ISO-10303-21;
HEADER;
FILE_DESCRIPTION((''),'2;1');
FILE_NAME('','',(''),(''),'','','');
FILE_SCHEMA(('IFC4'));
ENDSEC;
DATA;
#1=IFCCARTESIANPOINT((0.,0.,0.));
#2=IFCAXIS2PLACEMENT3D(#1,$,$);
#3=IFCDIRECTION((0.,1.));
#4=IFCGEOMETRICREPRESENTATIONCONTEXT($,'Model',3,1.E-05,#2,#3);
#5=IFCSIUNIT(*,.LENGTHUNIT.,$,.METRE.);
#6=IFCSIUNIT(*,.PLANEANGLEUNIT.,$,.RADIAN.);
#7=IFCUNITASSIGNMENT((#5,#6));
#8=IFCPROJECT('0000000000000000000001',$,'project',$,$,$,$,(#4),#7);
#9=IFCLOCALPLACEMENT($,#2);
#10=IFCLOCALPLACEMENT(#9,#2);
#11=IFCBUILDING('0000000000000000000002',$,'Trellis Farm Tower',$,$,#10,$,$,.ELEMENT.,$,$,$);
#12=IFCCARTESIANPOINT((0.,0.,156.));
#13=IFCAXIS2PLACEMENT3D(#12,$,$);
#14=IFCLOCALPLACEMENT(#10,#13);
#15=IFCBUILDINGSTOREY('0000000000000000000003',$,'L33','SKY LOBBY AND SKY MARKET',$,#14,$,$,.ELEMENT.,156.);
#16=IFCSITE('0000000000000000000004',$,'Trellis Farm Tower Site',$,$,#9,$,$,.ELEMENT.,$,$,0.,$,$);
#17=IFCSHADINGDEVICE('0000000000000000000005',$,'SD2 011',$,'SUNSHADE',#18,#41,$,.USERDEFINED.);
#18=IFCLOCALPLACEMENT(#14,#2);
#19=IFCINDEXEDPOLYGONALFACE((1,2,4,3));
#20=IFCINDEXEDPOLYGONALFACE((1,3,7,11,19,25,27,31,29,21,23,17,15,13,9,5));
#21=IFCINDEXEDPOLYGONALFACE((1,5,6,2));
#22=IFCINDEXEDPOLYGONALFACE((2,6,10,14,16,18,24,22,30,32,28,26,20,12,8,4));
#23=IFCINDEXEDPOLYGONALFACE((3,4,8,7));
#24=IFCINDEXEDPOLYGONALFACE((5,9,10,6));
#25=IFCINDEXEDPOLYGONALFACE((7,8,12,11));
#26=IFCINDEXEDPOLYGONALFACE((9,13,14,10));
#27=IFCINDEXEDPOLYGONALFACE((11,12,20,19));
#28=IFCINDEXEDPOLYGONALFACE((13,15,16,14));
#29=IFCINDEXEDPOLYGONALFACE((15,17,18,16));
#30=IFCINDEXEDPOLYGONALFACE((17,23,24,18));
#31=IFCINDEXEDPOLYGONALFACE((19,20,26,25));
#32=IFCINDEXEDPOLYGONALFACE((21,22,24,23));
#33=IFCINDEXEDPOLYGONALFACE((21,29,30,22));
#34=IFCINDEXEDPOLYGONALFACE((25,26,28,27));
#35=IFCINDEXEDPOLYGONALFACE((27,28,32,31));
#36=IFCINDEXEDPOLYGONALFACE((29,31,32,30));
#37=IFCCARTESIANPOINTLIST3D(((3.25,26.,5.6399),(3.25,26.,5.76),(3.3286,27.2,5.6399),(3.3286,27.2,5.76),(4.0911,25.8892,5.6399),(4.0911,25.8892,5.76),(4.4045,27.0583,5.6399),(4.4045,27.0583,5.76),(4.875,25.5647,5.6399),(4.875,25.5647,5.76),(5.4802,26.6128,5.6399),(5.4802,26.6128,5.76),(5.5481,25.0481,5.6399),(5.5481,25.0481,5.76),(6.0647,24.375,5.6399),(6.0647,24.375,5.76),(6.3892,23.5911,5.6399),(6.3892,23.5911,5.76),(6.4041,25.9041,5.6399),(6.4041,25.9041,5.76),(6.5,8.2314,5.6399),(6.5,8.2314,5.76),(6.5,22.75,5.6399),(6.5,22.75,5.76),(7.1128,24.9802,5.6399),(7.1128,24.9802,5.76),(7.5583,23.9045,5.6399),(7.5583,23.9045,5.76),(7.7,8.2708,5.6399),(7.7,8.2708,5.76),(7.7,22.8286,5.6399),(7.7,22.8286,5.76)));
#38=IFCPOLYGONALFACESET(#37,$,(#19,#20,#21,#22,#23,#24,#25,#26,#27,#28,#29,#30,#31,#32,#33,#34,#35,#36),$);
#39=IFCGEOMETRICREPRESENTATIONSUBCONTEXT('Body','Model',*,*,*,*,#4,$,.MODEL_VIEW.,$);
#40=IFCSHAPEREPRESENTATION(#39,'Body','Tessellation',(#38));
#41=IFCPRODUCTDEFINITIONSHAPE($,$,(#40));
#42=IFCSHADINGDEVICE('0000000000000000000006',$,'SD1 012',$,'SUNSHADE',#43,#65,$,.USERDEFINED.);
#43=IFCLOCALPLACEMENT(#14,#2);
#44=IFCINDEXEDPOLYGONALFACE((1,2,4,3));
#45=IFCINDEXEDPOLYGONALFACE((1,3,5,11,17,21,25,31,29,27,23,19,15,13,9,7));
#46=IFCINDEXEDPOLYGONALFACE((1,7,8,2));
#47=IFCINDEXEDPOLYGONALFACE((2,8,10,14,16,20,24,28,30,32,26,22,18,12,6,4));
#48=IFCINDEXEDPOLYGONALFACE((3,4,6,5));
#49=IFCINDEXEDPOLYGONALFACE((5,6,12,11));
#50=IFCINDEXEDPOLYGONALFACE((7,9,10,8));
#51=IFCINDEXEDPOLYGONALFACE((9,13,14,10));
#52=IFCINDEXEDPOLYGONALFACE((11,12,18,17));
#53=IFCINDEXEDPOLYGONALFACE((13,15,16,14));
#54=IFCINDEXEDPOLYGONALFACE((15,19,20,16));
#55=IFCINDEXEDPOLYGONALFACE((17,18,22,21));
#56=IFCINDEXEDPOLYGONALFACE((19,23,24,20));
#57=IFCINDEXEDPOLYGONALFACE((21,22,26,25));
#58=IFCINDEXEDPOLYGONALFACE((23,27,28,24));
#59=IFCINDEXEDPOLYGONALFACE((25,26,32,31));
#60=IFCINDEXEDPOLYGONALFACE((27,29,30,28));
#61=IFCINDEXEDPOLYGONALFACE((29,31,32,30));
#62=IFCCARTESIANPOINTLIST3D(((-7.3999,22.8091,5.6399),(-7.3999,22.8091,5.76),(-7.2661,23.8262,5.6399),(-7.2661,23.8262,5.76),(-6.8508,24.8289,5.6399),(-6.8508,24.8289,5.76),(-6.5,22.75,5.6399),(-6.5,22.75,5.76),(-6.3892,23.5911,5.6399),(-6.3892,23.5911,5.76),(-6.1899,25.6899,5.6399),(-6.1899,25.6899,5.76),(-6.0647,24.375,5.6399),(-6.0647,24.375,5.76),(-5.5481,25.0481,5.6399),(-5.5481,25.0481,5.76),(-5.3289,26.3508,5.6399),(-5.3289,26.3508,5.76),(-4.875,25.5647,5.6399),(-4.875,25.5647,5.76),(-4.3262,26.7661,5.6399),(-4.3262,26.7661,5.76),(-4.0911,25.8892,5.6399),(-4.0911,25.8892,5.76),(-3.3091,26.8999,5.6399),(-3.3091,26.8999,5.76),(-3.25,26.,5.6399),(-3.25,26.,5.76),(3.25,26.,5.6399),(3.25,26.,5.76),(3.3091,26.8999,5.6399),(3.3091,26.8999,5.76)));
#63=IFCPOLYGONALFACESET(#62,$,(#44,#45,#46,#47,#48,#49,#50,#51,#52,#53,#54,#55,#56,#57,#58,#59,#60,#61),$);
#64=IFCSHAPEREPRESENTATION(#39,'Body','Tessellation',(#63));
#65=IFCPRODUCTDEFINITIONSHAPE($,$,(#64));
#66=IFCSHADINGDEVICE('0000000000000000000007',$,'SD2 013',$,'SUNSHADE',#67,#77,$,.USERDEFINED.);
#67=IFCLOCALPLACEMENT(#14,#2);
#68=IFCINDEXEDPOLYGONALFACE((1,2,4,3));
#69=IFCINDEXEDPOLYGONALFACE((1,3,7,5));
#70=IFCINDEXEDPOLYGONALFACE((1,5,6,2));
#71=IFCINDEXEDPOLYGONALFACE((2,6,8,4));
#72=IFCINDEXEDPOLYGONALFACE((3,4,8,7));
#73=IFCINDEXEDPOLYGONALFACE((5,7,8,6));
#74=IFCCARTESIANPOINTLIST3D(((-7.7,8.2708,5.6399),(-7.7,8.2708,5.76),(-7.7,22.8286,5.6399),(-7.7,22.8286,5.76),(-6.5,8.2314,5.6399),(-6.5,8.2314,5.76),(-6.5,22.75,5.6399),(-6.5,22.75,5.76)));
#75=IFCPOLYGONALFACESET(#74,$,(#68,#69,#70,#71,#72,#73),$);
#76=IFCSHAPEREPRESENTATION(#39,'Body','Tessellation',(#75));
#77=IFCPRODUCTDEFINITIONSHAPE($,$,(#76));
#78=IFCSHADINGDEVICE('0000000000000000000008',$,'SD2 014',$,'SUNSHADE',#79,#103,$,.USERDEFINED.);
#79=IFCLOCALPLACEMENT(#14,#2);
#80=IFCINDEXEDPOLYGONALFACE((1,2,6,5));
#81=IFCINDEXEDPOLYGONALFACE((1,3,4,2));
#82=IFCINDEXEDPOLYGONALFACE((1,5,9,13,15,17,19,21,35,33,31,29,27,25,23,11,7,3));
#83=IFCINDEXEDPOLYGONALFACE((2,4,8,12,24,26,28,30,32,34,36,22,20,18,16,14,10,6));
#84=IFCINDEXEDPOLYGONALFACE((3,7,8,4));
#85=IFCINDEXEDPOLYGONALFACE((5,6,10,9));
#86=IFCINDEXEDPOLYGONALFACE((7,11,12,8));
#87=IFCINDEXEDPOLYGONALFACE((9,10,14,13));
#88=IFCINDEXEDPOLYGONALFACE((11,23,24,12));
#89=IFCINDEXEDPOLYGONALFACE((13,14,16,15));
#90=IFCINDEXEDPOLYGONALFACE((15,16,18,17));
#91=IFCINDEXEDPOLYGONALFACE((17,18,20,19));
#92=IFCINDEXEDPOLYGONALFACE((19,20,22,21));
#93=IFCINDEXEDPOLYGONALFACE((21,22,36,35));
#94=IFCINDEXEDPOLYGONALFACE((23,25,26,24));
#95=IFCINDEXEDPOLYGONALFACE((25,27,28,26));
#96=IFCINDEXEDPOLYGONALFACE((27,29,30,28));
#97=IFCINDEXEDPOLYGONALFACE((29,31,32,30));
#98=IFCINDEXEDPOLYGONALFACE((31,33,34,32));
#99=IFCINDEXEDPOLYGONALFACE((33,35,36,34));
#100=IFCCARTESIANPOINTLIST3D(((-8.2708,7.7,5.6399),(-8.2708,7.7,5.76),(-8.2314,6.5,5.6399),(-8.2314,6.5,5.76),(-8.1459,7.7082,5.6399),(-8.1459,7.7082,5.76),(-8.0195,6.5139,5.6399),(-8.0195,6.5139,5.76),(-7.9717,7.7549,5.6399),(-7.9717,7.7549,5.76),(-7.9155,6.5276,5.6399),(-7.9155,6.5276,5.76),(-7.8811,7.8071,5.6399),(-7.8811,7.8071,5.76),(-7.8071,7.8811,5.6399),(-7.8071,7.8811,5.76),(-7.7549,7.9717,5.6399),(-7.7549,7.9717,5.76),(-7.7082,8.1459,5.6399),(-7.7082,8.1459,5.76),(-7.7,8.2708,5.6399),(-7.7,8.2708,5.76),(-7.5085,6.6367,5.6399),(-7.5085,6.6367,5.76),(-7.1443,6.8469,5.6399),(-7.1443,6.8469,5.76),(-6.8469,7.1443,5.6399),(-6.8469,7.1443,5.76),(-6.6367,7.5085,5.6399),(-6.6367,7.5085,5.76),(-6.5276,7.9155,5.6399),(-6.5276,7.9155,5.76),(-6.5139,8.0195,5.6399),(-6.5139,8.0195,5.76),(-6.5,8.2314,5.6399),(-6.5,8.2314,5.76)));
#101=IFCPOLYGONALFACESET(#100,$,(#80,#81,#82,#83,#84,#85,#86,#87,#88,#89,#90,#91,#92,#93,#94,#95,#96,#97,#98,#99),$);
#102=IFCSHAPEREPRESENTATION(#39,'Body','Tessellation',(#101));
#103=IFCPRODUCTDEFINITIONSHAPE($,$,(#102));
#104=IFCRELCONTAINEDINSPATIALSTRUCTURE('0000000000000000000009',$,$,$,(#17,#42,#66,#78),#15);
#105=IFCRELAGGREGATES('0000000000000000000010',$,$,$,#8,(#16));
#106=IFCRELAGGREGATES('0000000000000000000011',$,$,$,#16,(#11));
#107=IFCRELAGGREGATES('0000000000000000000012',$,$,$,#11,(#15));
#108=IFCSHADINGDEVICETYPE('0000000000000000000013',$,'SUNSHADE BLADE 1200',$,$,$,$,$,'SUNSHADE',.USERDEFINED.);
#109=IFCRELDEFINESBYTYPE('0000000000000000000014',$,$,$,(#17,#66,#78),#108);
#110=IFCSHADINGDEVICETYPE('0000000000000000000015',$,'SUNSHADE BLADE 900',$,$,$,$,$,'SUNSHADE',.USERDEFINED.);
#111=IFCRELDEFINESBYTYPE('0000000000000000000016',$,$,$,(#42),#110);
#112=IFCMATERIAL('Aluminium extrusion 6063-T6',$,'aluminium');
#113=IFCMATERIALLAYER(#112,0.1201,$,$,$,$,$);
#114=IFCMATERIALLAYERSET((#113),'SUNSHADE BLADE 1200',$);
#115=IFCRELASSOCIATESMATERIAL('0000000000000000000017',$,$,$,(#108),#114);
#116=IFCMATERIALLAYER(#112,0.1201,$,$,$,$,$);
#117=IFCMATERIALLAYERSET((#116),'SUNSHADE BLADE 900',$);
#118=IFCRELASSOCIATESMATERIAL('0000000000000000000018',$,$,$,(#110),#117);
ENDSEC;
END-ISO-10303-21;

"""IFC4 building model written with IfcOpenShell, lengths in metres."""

from ifc_helpers import new_model, si_unit, direction, frame, origin, place, context, subcontext, project, spatial, polyline, outline, extrude, source, transform, mapped, material, layer, layer_set, type_object, element, save


model = new_model("IFC4")

# Units and contexts
model_context = context("Model", 3, precision=1e-05, world=origin(), true_north=direction((0.0, 1.0)))
body_context = subcontext(model_context, "Body", "Model", "MODEL_VIEW")
ifc_project = project(units=[si_unit("LENGTHUNIT", "METRE"), si_unit("PLANEANGLEUNIT", "RADIAN")], contexts=[model_context])

# Site, building, storey
site_placement = place(None, origin())
site = spatial("IfcSite", under=ifc_project, at=site_placement, Name="Trellis Farm Tower Site", CompositionType="ELEMENT", RefElevation=0.0)
building_placement = place(site_placement, origin())
building = spatial("IfcBuilding", under=site, at=building_placement, Name="Trellis Farm Tower", CompositionType="ELEMENT")
storey_placement = place(building_placement, frame((0.0, 0.0, 156.0)))
storey = spatial("IfcBuildingStorey", under=building, at=storey_placement, Name="L33", Description="SKY LOBBY AND SKY MARKET", CompositionType="ELEMENT", Elevation=156.0)

# Shared definitions
ifc_material_1 = material(Name="Aluminium extrusion 6063-T6", Category="aluminium")

# Shading devices
ifc_layer_1 = layer(ifc_material_1, 0.1201)
ifc_layer_set_1 = layer_set([ifc_layer_1], Name="SUNSHADE BLADE 1200")
shading_device_type_1 = type_object("IfcShadingDeviceType", Name="SUNSHADE BLADE 1200", ElementType="SUNSHADE", PredefinedType="USERDEFINED", material=ifc_layer_set_1)
shared_shape_1 = source(origin(), body_context, "Body", "SweptSolid", [
    extrude(outline(polyline([(7.7, 8.2708), (7.7, 22.8286), (7.5583, 23.9045), (7.1128, 24.9802), (6.4041, 25.9041), (5.4802, 26.6128), (4.4045, 27.0583), (3.3286, 27.2), (3.25, 26.0), (4.0911, 25.8892), (4.875, 25.5647), (5.5481, 25.0481), (6.0647, 24.375), (6.3892, 23.5911), (6.5, 22.75), (6.5, 8.2314), (7.7, 8.2708)])), origin(), (0.0, 0.0, 1.0), 0.1201),
])
placement_1 = place(storey_placement, frame((0.0, 0.0, 5.6399)))
element("IfcShadingDevice", 1, at=placement_1, inside=storey, type_object=shading_device_type_1, Name="SD2 011", ObjectType="SUNSHADE", PredefinedType="USERDEFINED", context=body_context, shape_type="MappedRepresentation", body=[
    mapped(shared_shape_1, transform((0.0, 0.0, 0.0))),
])
ifc_layer_2 = layer(ifc_material_1, 0.1201)
ifc_layer_set_2 = layer_set([ifc_layer_2], Name="SUNSHADE BLADE 900")
shading_device_type_2 = type_object("IfcShadingDeviceType", Name="SUNSHADE BLADE 900", ElementType="SUNSHADE", PredefinedType="USERDEFINED", material=ifc_layer_set_2)
shared_shape_2 = source(origin(), body_context, "Body", "SweptSolid", [
    extrude(outline(polyline([(3.3091, 26.8999), (-3.3091, 26.8999), (-4.3262, 26.7661), (-5.3289, 26.3508), (-6.1899, 25.6899), (-6.8508, 24.8289), (-7.2661, 23.8262), (-7.3999, 22.8091), (-6.5, 22.75), (-6.3892, 23.5911), (-6.0647, 24.375), (-5.5481, 25.0481), (-4.875, 25.5647), (-4.0911, 25.8892), (-3.25, 26.0), (3.25, 26.0), (3.3091, 26.8999)])), origin(), (0.0, 0.0, 1.0), 0.1201),
])
element("IfcShadingDevice", 2, at=placement_1, inside=storey, type_object=shading_device_type_2, Name="SD1 012", ObjectType="SUNSHADE", PredefinedType="USERDEFINED", context=body_context, shape_type="MappedRepresentation", body=[
    mapped(shared_shape_2, transform((0.0, 0.0, 0.0))),
])
shared_shape_3 = source(origin(), body_context, "Body", "SweptSolid", [
    extrude(outline(polyline([(-7.7, 22.8286), (-7.7, 8.2708), (-6.5, 8.2314), (-6.5, 22.75), (-7.7, 22.8286)])), origin(), (0.0, 0.0, 1.0), 0.1201),
])
element("IfcShadingDevice", 3, at=placement_1, inside=storey, type_object=shading_device_type_1, Name="SD2 013", ObjectType="SUNSHADE", PredefinedType="USERDEFINED", context=body_context, shape_type="MappedRepresentation", body=[
    mapped(shared_shape_3, transform((0.0, 0.0, 0.0))),
])
shared_shape_4 = source(origin(), body_context, "Body", "SweptSolid", [
    extrude(outline(polyline([(-7.7, 8.2708), (-7.7087, 8.1372), (-7.707, 8.1501), (-7.7549, 7.9717), (-7.8071, 7.8811), (-7.8811, 7.8071), (-7.9717, 7.7549), (-8.1501, 7.707), (-8.1372, 7.7087), (-8.2708, 7.7), (-8.2314, 6.5), (-8.0195, 6.5139), (-7.9155, 6.5276), (-7.5085, 6.6367), (-7.1443, 6.8469), (-6.8469, 7.1443), (-6.6367, 7.5085), (-6.5276, 7.9155), (-6.5139, 8.0195), (-6.5, 8.2314), (-7.7, 8.2708)])), origin(), (0.0, 0.0, 1.0), 0.1201),
])
element("IfcShadingDevice", 4, at=placement_1, inside=storey, type_object=shading_device_type_1, Name="SD2 014", ObjectType="SUNSHADE", PredefinedType="USERDEFINED", context=body_context, shape_type="MappedRepresentation", body=[
    mapped(shared_shape_4, transform((0.0, 0.0, 0.0))),
])

save(model, "model.ifc")
